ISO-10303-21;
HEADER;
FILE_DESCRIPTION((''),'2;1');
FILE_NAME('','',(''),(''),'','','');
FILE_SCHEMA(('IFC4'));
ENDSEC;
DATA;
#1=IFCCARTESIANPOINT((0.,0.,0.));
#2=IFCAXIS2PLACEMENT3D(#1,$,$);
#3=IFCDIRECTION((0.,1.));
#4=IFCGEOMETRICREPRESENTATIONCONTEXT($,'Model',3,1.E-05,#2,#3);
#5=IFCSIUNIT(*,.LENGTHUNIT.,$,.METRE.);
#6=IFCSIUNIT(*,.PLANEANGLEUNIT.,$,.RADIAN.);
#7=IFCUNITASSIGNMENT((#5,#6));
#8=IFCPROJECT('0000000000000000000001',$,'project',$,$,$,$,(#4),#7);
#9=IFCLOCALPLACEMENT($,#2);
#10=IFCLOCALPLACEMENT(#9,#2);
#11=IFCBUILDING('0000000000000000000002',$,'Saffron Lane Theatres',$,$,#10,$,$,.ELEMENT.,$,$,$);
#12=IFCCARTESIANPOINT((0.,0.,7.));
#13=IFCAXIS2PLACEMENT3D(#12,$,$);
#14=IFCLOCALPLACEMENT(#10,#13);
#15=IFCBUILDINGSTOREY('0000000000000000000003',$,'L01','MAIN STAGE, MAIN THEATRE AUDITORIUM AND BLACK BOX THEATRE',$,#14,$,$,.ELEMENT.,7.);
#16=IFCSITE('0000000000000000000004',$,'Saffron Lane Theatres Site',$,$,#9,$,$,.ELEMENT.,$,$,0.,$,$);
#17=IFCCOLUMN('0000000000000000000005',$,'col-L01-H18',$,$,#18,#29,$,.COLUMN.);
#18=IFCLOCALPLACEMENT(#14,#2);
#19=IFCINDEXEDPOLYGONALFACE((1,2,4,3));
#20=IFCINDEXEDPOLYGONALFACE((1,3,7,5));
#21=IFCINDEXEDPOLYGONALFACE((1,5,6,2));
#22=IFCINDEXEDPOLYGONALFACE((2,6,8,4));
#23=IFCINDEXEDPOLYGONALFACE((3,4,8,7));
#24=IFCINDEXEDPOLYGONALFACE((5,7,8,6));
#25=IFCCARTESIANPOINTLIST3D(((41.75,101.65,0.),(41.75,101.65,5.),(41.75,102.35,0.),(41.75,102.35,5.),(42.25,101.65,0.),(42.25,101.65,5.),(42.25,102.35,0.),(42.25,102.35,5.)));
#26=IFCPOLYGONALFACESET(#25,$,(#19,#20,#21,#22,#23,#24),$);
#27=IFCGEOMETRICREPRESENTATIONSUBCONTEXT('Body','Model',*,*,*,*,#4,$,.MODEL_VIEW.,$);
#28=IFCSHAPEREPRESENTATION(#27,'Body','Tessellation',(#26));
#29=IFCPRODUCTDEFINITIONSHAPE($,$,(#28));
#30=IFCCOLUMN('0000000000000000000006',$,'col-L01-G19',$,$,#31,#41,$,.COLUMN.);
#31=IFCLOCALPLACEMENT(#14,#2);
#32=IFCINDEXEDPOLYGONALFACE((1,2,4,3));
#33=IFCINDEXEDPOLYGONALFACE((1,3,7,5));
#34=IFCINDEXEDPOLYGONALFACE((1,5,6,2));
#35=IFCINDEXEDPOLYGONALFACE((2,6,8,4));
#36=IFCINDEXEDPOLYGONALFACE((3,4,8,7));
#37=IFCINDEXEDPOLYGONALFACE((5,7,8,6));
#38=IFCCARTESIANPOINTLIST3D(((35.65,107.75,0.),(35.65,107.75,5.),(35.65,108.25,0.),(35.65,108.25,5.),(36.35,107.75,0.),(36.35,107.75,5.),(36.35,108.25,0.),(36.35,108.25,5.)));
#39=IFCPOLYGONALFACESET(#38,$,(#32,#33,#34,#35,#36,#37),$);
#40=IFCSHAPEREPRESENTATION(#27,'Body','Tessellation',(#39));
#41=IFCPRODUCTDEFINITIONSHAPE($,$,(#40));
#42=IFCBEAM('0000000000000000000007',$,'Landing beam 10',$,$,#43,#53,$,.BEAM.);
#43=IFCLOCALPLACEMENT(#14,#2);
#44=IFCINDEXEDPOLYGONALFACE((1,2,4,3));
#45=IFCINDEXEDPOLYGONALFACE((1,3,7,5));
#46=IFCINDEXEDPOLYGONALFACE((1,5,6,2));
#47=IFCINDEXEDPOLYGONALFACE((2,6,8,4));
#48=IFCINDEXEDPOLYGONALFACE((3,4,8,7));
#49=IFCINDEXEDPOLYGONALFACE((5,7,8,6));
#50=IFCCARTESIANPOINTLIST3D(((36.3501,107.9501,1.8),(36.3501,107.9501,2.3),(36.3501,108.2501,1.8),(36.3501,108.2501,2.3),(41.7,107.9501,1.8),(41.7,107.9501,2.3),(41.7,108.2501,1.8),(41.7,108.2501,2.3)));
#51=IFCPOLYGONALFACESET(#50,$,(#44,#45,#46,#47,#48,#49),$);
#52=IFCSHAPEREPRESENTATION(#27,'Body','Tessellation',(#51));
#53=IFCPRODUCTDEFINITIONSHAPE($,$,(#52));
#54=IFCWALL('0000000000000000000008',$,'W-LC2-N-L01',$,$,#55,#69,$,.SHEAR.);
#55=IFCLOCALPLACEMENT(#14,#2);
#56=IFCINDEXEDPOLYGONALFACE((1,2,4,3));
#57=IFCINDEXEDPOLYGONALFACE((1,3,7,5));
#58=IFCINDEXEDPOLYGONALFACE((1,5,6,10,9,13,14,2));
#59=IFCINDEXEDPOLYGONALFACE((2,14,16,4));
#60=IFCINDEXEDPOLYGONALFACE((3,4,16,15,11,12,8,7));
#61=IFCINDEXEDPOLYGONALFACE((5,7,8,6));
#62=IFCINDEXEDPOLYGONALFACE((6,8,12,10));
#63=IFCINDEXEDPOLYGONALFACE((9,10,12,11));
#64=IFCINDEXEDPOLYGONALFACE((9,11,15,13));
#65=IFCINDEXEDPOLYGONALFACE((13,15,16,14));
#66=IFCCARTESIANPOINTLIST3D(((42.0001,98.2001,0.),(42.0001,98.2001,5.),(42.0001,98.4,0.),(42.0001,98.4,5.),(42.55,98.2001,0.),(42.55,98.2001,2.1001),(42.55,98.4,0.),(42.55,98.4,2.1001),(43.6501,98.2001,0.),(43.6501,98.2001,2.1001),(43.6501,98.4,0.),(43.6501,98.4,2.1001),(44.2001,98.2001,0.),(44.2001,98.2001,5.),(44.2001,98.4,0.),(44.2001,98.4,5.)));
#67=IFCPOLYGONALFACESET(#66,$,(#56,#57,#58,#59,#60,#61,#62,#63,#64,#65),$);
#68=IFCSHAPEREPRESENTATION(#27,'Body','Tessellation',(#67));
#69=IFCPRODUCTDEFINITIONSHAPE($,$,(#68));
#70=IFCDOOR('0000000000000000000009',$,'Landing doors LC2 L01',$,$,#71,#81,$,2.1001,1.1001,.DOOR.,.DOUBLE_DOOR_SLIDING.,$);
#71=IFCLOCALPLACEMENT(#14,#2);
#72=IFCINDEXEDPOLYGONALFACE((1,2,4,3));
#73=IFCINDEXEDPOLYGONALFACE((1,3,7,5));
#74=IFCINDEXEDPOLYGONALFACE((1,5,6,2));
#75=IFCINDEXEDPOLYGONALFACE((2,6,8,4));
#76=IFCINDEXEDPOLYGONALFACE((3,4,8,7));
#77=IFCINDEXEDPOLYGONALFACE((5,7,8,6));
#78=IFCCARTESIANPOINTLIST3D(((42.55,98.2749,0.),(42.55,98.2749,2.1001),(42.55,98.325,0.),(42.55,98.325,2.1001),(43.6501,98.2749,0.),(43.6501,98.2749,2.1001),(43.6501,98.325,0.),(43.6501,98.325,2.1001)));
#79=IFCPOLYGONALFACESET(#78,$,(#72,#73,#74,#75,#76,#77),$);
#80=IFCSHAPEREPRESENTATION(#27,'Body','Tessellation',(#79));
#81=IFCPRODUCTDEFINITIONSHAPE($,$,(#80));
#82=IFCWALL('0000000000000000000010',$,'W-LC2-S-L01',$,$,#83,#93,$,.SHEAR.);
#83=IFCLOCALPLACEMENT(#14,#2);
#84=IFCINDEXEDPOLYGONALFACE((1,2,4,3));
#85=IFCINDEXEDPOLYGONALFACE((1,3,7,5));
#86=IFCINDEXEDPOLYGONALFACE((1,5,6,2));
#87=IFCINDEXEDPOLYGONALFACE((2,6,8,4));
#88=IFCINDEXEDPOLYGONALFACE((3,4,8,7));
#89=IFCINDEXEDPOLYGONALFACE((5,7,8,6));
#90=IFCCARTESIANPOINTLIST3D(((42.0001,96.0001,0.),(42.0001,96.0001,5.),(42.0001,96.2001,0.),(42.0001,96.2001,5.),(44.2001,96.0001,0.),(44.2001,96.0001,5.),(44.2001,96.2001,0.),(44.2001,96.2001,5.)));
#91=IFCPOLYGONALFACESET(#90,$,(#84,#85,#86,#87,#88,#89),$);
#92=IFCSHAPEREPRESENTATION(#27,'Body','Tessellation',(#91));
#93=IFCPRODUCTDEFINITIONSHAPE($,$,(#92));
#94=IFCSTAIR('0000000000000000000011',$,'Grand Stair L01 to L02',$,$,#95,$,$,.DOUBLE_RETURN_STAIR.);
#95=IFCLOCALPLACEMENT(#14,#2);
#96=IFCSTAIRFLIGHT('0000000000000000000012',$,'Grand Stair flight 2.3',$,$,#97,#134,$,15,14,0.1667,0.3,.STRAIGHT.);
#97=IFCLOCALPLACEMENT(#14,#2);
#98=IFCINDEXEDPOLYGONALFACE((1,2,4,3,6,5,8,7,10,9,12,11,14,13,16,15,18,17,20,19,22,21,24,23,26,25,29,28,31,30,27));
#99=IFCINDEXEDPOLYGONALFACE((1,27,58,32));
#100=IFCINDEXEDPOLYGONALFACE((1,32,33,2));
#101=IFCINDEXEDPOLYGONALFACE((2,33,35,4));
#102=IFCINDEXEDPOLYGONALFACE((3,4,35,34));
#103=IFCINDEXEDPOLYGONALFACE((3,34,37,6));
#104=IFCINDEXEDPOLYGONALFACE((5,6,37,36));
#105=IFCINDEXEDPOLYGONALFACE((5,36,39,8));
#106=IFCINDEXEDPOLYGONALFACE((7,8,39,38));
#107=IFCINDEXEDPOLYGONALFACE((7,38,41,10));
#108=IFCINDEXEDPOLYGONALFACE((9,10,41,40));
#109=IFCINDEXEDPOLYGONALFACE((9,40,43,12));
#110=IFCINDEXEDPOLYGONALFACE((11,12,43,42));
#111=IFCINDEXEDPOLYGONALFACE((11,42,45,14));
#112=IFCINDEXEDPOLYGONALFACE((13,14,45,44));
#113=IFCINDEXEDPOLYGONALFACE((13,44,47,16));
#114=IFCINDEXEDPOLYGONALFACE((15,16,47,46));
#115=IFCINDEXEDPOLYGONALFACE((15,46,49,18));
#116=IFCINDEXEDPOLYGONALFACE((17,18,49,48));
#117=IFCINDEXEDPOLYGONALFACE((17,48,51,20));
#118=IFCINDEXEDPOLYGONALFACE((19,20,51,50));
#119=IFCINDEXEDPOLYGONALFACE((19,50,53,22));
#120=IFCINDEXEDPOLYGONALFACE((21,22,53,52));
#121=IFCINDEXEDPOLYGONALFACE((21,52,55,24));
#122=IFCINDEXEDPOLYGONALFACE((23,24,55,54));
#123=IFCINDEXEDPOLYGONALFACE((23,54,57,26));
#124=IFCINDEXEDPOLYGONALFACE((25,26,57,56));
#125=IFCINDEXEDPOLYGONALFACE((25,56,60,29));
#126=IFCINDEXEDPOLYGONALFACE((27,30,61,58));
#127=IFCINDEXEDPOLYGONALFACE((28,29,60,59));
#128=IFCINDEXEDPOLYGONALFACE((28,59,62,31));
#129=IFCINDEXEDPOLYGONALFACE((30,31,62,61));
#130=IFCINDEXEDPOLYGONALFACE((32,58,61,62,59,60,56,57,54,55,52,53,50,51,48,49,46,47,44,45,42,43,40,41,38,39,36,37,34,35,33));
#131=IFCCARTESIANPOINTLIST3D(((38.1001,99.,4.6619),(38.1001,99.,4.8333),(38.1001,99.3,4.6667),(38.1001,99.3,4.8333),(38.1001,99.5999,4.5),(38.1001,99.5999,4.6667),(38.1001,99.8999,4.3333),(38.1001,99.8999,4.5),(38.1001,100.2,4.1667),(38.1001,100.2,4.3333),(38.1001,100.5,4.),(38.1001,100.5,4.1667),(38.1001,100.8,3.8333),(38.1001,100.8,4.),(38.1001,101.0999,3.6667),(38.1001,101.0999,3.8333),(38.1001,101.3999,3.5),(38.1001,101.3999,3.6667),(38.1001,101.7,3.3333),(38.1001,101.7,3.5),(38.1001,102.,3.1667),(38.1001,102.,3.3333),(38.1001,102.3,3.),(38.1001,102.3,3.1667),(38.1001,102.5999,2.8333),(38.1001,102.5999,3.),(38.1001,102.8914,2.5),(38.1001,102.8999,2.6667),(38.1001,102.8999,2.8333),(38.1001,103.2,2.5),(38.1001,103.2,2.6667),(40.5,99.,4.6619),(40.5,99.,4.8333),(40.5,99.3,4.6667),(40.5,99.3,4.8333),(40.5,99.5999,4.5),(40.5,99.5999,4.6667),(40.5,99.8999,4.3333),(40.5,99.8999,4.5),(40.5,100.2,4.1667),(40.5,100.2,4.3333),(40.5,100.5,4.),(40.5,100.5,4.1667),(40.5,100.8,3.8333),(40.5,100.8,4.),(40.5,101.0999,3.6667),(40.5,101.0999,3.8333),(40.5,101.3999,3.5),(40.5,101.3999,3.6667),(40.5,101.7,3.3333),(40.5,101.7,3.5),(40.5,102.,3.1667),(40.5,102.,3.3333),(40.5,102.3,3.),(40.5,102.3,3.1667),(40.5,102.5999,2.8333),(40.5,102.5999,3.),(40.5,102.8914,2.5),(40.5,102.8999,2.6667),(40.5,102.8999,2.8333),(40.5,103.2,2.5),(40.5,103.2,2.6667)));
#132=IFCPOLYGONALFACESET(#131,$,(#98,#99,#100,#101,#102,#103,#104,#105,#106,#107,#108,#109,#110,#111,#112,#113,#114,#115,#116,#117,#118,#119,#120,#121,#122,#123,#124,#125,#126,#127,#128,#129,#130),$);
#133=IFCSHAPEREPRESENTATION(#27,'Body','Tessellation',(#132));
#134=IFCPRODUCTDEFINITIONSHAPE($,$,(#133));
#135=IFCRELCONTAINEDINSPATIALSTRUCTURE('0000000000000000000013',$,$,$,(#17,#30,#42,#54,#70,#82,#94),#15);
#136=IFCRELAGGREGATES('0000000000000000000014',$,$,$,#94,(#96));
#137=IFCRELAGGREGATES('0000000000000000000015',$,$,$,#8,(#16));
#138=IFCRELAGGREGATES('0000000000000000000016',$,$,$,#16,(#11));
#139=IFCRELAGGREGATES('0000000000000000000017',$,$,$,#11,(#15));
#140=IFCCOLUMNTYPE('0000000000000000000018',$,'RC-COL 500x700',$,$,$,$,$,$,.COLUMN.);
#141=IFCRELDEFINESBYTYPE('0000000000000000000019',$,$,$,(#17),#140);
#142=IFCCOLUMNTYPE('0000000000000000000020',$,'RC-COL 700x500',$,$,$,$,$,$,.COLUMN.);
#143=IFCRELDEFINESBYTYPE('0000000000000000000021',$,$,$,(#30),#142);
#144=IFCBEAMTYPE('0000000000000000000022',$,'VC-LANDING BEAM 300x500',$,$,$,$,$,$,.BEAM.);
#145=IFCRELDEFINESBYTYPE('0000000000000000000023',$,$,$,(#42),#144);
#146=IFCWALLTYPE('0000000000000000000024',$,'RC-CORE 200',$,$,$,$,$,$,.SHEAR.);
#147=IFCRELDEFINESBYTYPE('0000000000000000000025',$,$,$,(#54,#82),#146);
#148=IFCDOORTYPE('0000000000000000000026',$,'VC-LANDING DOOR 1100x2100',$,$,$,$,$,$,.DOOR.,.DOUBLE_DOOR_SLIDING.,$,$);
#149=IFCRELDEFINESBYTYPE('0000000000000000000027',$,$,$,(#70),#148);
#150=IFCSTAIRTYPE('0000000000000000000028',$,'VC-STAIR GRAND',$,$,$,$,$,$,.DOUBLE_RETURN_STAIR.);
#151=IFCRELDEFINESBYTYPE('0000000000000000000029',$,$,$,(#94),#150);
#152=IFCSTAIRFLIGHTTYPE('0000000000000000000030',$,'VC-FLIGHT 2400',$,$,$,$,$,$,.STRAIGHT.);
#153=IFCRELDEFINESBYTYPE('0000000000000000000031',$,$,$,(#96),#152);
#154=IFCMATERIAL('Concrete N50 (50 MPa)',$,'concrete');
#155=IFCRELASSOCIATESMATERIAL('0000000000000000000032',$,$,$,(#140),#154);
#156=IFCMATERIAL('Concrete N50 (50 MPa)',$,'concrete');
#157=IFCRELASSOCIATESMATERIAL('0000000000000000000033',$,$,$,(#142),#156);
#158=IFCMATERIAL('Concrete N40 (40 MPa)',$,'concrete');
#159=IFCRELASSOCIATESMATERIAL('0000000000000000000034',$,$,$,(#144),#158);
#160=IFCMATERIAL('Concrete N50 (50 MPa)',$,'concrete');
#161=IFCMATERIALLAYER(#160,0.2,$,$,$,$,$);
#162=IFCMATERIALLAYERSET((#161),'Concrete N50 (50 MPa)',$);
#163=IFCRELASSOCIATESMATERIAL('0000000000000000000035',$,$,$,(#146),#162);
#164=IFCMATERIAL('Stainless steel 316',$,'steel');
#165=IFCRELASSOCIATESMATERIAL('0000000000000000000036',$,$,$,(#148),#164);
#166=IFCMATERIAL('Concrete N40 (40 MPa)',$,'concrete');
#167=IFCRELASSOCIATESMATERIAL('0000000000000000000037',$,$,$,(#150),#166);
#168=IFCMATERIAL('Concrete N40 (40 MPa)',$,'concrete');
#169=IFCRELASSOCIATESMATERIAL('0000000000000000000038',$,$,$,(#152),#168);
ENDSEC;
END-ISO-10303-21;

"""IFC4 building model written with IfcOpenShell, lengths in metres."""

from ifc_helpers import new_model, si_unit, direction, frame, frame_2d, origin, origin_2d, place, context, subcontext, project, spatial, polyline, rectangle, outline, extrude, material, layer, layer_set, material_profile, profile_set, type_object, element, fill, aggregate, save


model = new_model("IFC4")

# Units and contexts
model_context = context("Model", 3, precision=1e-05, world=origin(), true_north=direction((0.0, 1.0)))
body_context = subcontext(model_context, "Body", "Model", "MODEL_VIEW")
ifc_project = project(units=[si_unit("LENGTHUNIT", "METRE"), si_unit("PLANEANGLEUNIT", "RADIAN")], contexts=[model_context])

# Site, building, storey
site_placement = place(None, origin())
site = spatial("IfcSite", under=ifc_project, at=site_placement, Name="Saffron Lane Theatres Site", CompositionType="ELEMENT", RefElevation=0.0)
building_placement = place(site_placement, origin())
building = spatial("IfcBuilding", under=site, at=building_placement, Name="Saffron Lane Theatres", CompositionType="ELEMENT")
storey_placement = place(building_placement, frame((0.0, 0.0, 7.0)))
storey = spatial("IfcBuildingStorey", under=building, at=storey_placement, Name="L01", Description="MAIN STAGE, MAIN THEATRE AUDITORIUM AND BLACK BOX THEATRE", CompositionType="ELEMENT", Elevation=7.0)

# Columns
ifc_material_1 = material(Name="Concrete N50 (50 MPa)", Category="concrete")
ifc_material_profile_1 = material_profile(ifc_material_1, rectangle(XDim=0.5, YDim=0.7, at=origin_2d()))
ifc_profile_set_1 = profile_set([ifc_material_profile_1], Name="Concrete N50 (50 MPa)")
column_type_1 = type_object("IfcColumnType", Name="RC-COL 500x700", PredefinedType="COLUMN", material=ifc_profile_set_1)
column_1_placement = place(storey_placement, frame((42.0, 102.0, 0.0), z_axis=(0.0, 0.0, 1.0), x_axis=(1.0, 0.0, 0.0)))
element("IfcColumn", 1, at=column_1_placement, inside=storey, type_object=column_type_1, Name="col-L01-H18", PredefinedType="COLUMN", context=body_context, shape_type="SweptSolid", body=[
    extrude(rectangle(XDim=0.5, YDim=0.7, at=origin_2d()), origin(), (0.0, 0.0, 1.0), 5.0),
])
ifc_material_2 = material(Name="Concrete N50 (50 MPa)", Category="concrete")
ifc_material_profile_2 = material_profile(ifc_material_2, rectangle(XDim=0.7, YDim=0.5, at=origin_2d()))
ifc_profile_set_2 = profile_set([ifc_material_profile_2], Name="Concrete N50 (50 MPa)")
column_type_2 = type_object("IfcColumnType", Name="RC-COL 700x500", PredefinedType="COLUMN", material=ifc_profile_set_2)
column_2_placement = place(storey_placement, frame((36.0, 108.0, 0.0), z_axis=(0.0, 0.0, 1.0), x_axis=(1.0, 0.0, 0.0)))
element("IfcColumn", 2, at=column_2_placement, inside=storey, type_object=column_type_2, Name="col-L01-G19", PredefinedType="COLUMN", context=body_context, shape_type="SweptSolid", body=[
    extrude(rectangle(XDim=0.7, YDim=0.5, at=origin_2d()), origin(), (0.0, 0.0, 1.0), 5.0),
])

# Beam
ifc_material_3 = material(Name="Concrete N40 (40 MPa)", Category="concrete")
ifc_material_profile_3 = material_profile(ifc_material_3, rectangle(XDim=0.3, YDim=0.5, at=origin_2d()))
ifc_profile_set_3 = profile_set([ifc_material_profile_3], Name="Concrete N40 (40 MPa)")
beam_type = type_object("IfcBeamType", Name="VC-LANDING BEAM 300x500", PredefinedType="BEAM", material=ifc_profile_set_3)
beam_placement = place(storey_placement, frame((36.3501, 108.1001, 2.05), z_axis=(1.0, 0.0, 0.0), x_axis=(0.0, 1.0, 0.0)))
element("IfcBeam", 3, at=beam_placement, inside=storey, type_object=beam_type, Name="Landing beam 10", PredefinedType="BEAM", context=body_context, shape_type="SweptSolid", body=[
    extrude(rectangle(XDim=0.3, YDim=0.5, at=origin_2d()), origin(), (0.0, 0.0, 1.0), 5.3499),
])

# Wall, opening, door
ifc_material_4 = material(Name="Concrete N50 (50 MPa)", Category="concrete")
ifc_layer = layer(ifc_material_4, 0.2)
ifc_layer_set = layer_set([ifc_layer], Name="Concrete N50 (50 MPa)")
wall_type = type_object("IfcWallType", Name="RC-CORE 200", PredefinedType="SHEAR", material=ifc_layer_set)
wall_1_placement = place(storey_placement, frame((42.0, 98.3, 0.0), z_axis=(0.0, 0.0, 1.0), x_axis=(1.0, 0.0, 0.0)))
wall_1 = element("IfcWall", 4, at=wall_1_placement, inside=storey, type_object=wall_type, Name="W-LC2-N-L01", PredefinedType="SHEAR", context=body_context, shape_type="SweptSolid", body=[
    extrude(rectangle(XDim=2.2, YDim=0.2, at=frame_2d((1.1001, 0.0))), origin(), (0.0, 0.0, 1.0), 5.0),
])
opening_placement = place(wall_1_placement, frame((0.55, 0.0, 0.0)))
opening = element("IfcOpeningElement", 5, at=opening_placement, cuts=wall_1, PredefinedType="OPENING", context=body_context, shape_type="SweptSolid", body=[
    extrude(rectangle(XDim=1.1001, YDim=2.1001, at=frame_2d((0.55, 1.05))), frame((0.0, 0.1099, 0.0), z_axis=(0.0, -1.0, 0.0), x_axis=(1.0, 0.0, 0.0)), (0.0, 0.0, 1.0), 0.22),
])
ifc_material_5 = material(Name="Stainless steel 316", Category="steel")
door_type = type_object("IfcDoorType", Name="VC-LANDING DOOR 1100x2100", OperationType="DOUBLE_DOOR_SLIDING", PredefinedType="DOOR", material=ifc_material_5)
door_placement = place(opening_placement, origin())
door = element("IfcDoor", 6, at=door_placement, inside=storey, type_object=door_type, Name="Landing doors LC2 L01", OperationType="DOUBLE_DOOR_SLIDING", OverallHeight=2.1001, OverallWidth=1.1001, PredefinedType="DOOR", context=body_context, shape_type="SweptSolid", body=[
    extrude(rectangle(XDim=1.1001, YDim=2.1001, at=frame_2d((0.55, 1.05))), frame((0.0, 0.0249, 0.0), z_axis=(0.0, -1.0, 0.0), x_axis=(1.0, 0.0, 0.0)), (0.0, 0.0, 1.0), 0.05),
])
fill(opening, door)

# Wall
wall_2_placement = place(storey_placement, frame((42.0, 96.1001, 0.0), z_axis=(0.0, 0.0, 1.0), x_axis=(1.0, 0.0, 0.0)))
element("IfcWall", 7, at=wall_2_placement, inside=storey, type_object=wall_type, Name="W-LC2-S-L01", PredefinedType="SHEAR", context=body_context, shape_type="SweptSolid", body=[
    extrude(rectangle(XDim=2.2, YDim=0.2, at=frame_2d((1.1001, 0.0))), origin(), (0.0, 0.0, 1.0), 5.0),
])

# Stair, stair flight
ifc_material_6 = material(Name="Concrete N40 (40 MPa)", Category="concrete")
stair_type = type_object("IfcStairType", Name="VC-STAIR GRAND", PredefinedType="DOUBLE_RETURN_STAIR", material=ifc_material_6)
stair_placement = place(storey_placement, origin())
stair = element("IfcStair", 8, at=stair_placement, inside=storey, type_object=stair_type, Name="Grand Stair L01 to L02", PredefinedType="DOUBLE_RETURN_STAIR")
ifc_material_7 = material(Name="Concrete N40 (40 MPa)", Category="concrete")
stair_flight_type = type_object("IfcStairFlightType", Name="VC-FLIGHT 2400", PredefinedType="STRAIGHT", material=ifc_material_7)
stair_flight_placement = place(storey_placement, frame((39.3, 103.2, 2.5), z_axis=(0.0, 0.0, 1.0), x_axis=(0.0, -1.0, 0.0)))
stair_flight = element("IfcStairFlight", 9, at=stair_flight_placement, type_object=stair_flight_type, Name="Grand Stair flight 2.3", NumberOfRisers=15, NumberOfTreads=14, PredefinedType="STRAIGHT", RiserHeight=0.1667, TreadLength=0.3, context=body_context, shape_type="SweptSolid", body=[
    extrude(outline(polyline([(0.0, 0.0), (0.0, 0.1667), (0.3, 0.1667), (0.3, 0.3333), (0.6001, 0.3333), (0.6001, 0.5), (0.8999, 0.5), (0.8999, 0.6667), (1.2, 0.6667), (1.2, 0.8333), (1.5, 0.8333), (1.5, 1.0), (1.8, 1.0), (1.8, 1.1667), (2.1001, 1.1667), (2.1001, 1.3333), (2.3999, 1.3333), (2.3999, 1.5), (2.7, 1.5), (2.7, 1.6667), (3.0, 1.6667), (3.0, 1.8333), (3.3, 1.8333), (3.3, 2.0), (3.6001, 2.0), (3.6001, 2.1667), (3.8999, 2.1667), (3.8999, 2.3333), (4.2, 2.3333), (4.2, 2.5), (4.2, 2.1619), (0.3086, 0.0), (0.0, 0.0)])), frame((0.0, 1.2, 0.0), z_axis=(0.0, -1.0, 0.0), x_axis=(1.0, 0.0, 0.0)), (0.0, 0.0, 1.0), 2.3999),
])
aggregate(stair, [stair_flight])

save(model, "model.ifc")
